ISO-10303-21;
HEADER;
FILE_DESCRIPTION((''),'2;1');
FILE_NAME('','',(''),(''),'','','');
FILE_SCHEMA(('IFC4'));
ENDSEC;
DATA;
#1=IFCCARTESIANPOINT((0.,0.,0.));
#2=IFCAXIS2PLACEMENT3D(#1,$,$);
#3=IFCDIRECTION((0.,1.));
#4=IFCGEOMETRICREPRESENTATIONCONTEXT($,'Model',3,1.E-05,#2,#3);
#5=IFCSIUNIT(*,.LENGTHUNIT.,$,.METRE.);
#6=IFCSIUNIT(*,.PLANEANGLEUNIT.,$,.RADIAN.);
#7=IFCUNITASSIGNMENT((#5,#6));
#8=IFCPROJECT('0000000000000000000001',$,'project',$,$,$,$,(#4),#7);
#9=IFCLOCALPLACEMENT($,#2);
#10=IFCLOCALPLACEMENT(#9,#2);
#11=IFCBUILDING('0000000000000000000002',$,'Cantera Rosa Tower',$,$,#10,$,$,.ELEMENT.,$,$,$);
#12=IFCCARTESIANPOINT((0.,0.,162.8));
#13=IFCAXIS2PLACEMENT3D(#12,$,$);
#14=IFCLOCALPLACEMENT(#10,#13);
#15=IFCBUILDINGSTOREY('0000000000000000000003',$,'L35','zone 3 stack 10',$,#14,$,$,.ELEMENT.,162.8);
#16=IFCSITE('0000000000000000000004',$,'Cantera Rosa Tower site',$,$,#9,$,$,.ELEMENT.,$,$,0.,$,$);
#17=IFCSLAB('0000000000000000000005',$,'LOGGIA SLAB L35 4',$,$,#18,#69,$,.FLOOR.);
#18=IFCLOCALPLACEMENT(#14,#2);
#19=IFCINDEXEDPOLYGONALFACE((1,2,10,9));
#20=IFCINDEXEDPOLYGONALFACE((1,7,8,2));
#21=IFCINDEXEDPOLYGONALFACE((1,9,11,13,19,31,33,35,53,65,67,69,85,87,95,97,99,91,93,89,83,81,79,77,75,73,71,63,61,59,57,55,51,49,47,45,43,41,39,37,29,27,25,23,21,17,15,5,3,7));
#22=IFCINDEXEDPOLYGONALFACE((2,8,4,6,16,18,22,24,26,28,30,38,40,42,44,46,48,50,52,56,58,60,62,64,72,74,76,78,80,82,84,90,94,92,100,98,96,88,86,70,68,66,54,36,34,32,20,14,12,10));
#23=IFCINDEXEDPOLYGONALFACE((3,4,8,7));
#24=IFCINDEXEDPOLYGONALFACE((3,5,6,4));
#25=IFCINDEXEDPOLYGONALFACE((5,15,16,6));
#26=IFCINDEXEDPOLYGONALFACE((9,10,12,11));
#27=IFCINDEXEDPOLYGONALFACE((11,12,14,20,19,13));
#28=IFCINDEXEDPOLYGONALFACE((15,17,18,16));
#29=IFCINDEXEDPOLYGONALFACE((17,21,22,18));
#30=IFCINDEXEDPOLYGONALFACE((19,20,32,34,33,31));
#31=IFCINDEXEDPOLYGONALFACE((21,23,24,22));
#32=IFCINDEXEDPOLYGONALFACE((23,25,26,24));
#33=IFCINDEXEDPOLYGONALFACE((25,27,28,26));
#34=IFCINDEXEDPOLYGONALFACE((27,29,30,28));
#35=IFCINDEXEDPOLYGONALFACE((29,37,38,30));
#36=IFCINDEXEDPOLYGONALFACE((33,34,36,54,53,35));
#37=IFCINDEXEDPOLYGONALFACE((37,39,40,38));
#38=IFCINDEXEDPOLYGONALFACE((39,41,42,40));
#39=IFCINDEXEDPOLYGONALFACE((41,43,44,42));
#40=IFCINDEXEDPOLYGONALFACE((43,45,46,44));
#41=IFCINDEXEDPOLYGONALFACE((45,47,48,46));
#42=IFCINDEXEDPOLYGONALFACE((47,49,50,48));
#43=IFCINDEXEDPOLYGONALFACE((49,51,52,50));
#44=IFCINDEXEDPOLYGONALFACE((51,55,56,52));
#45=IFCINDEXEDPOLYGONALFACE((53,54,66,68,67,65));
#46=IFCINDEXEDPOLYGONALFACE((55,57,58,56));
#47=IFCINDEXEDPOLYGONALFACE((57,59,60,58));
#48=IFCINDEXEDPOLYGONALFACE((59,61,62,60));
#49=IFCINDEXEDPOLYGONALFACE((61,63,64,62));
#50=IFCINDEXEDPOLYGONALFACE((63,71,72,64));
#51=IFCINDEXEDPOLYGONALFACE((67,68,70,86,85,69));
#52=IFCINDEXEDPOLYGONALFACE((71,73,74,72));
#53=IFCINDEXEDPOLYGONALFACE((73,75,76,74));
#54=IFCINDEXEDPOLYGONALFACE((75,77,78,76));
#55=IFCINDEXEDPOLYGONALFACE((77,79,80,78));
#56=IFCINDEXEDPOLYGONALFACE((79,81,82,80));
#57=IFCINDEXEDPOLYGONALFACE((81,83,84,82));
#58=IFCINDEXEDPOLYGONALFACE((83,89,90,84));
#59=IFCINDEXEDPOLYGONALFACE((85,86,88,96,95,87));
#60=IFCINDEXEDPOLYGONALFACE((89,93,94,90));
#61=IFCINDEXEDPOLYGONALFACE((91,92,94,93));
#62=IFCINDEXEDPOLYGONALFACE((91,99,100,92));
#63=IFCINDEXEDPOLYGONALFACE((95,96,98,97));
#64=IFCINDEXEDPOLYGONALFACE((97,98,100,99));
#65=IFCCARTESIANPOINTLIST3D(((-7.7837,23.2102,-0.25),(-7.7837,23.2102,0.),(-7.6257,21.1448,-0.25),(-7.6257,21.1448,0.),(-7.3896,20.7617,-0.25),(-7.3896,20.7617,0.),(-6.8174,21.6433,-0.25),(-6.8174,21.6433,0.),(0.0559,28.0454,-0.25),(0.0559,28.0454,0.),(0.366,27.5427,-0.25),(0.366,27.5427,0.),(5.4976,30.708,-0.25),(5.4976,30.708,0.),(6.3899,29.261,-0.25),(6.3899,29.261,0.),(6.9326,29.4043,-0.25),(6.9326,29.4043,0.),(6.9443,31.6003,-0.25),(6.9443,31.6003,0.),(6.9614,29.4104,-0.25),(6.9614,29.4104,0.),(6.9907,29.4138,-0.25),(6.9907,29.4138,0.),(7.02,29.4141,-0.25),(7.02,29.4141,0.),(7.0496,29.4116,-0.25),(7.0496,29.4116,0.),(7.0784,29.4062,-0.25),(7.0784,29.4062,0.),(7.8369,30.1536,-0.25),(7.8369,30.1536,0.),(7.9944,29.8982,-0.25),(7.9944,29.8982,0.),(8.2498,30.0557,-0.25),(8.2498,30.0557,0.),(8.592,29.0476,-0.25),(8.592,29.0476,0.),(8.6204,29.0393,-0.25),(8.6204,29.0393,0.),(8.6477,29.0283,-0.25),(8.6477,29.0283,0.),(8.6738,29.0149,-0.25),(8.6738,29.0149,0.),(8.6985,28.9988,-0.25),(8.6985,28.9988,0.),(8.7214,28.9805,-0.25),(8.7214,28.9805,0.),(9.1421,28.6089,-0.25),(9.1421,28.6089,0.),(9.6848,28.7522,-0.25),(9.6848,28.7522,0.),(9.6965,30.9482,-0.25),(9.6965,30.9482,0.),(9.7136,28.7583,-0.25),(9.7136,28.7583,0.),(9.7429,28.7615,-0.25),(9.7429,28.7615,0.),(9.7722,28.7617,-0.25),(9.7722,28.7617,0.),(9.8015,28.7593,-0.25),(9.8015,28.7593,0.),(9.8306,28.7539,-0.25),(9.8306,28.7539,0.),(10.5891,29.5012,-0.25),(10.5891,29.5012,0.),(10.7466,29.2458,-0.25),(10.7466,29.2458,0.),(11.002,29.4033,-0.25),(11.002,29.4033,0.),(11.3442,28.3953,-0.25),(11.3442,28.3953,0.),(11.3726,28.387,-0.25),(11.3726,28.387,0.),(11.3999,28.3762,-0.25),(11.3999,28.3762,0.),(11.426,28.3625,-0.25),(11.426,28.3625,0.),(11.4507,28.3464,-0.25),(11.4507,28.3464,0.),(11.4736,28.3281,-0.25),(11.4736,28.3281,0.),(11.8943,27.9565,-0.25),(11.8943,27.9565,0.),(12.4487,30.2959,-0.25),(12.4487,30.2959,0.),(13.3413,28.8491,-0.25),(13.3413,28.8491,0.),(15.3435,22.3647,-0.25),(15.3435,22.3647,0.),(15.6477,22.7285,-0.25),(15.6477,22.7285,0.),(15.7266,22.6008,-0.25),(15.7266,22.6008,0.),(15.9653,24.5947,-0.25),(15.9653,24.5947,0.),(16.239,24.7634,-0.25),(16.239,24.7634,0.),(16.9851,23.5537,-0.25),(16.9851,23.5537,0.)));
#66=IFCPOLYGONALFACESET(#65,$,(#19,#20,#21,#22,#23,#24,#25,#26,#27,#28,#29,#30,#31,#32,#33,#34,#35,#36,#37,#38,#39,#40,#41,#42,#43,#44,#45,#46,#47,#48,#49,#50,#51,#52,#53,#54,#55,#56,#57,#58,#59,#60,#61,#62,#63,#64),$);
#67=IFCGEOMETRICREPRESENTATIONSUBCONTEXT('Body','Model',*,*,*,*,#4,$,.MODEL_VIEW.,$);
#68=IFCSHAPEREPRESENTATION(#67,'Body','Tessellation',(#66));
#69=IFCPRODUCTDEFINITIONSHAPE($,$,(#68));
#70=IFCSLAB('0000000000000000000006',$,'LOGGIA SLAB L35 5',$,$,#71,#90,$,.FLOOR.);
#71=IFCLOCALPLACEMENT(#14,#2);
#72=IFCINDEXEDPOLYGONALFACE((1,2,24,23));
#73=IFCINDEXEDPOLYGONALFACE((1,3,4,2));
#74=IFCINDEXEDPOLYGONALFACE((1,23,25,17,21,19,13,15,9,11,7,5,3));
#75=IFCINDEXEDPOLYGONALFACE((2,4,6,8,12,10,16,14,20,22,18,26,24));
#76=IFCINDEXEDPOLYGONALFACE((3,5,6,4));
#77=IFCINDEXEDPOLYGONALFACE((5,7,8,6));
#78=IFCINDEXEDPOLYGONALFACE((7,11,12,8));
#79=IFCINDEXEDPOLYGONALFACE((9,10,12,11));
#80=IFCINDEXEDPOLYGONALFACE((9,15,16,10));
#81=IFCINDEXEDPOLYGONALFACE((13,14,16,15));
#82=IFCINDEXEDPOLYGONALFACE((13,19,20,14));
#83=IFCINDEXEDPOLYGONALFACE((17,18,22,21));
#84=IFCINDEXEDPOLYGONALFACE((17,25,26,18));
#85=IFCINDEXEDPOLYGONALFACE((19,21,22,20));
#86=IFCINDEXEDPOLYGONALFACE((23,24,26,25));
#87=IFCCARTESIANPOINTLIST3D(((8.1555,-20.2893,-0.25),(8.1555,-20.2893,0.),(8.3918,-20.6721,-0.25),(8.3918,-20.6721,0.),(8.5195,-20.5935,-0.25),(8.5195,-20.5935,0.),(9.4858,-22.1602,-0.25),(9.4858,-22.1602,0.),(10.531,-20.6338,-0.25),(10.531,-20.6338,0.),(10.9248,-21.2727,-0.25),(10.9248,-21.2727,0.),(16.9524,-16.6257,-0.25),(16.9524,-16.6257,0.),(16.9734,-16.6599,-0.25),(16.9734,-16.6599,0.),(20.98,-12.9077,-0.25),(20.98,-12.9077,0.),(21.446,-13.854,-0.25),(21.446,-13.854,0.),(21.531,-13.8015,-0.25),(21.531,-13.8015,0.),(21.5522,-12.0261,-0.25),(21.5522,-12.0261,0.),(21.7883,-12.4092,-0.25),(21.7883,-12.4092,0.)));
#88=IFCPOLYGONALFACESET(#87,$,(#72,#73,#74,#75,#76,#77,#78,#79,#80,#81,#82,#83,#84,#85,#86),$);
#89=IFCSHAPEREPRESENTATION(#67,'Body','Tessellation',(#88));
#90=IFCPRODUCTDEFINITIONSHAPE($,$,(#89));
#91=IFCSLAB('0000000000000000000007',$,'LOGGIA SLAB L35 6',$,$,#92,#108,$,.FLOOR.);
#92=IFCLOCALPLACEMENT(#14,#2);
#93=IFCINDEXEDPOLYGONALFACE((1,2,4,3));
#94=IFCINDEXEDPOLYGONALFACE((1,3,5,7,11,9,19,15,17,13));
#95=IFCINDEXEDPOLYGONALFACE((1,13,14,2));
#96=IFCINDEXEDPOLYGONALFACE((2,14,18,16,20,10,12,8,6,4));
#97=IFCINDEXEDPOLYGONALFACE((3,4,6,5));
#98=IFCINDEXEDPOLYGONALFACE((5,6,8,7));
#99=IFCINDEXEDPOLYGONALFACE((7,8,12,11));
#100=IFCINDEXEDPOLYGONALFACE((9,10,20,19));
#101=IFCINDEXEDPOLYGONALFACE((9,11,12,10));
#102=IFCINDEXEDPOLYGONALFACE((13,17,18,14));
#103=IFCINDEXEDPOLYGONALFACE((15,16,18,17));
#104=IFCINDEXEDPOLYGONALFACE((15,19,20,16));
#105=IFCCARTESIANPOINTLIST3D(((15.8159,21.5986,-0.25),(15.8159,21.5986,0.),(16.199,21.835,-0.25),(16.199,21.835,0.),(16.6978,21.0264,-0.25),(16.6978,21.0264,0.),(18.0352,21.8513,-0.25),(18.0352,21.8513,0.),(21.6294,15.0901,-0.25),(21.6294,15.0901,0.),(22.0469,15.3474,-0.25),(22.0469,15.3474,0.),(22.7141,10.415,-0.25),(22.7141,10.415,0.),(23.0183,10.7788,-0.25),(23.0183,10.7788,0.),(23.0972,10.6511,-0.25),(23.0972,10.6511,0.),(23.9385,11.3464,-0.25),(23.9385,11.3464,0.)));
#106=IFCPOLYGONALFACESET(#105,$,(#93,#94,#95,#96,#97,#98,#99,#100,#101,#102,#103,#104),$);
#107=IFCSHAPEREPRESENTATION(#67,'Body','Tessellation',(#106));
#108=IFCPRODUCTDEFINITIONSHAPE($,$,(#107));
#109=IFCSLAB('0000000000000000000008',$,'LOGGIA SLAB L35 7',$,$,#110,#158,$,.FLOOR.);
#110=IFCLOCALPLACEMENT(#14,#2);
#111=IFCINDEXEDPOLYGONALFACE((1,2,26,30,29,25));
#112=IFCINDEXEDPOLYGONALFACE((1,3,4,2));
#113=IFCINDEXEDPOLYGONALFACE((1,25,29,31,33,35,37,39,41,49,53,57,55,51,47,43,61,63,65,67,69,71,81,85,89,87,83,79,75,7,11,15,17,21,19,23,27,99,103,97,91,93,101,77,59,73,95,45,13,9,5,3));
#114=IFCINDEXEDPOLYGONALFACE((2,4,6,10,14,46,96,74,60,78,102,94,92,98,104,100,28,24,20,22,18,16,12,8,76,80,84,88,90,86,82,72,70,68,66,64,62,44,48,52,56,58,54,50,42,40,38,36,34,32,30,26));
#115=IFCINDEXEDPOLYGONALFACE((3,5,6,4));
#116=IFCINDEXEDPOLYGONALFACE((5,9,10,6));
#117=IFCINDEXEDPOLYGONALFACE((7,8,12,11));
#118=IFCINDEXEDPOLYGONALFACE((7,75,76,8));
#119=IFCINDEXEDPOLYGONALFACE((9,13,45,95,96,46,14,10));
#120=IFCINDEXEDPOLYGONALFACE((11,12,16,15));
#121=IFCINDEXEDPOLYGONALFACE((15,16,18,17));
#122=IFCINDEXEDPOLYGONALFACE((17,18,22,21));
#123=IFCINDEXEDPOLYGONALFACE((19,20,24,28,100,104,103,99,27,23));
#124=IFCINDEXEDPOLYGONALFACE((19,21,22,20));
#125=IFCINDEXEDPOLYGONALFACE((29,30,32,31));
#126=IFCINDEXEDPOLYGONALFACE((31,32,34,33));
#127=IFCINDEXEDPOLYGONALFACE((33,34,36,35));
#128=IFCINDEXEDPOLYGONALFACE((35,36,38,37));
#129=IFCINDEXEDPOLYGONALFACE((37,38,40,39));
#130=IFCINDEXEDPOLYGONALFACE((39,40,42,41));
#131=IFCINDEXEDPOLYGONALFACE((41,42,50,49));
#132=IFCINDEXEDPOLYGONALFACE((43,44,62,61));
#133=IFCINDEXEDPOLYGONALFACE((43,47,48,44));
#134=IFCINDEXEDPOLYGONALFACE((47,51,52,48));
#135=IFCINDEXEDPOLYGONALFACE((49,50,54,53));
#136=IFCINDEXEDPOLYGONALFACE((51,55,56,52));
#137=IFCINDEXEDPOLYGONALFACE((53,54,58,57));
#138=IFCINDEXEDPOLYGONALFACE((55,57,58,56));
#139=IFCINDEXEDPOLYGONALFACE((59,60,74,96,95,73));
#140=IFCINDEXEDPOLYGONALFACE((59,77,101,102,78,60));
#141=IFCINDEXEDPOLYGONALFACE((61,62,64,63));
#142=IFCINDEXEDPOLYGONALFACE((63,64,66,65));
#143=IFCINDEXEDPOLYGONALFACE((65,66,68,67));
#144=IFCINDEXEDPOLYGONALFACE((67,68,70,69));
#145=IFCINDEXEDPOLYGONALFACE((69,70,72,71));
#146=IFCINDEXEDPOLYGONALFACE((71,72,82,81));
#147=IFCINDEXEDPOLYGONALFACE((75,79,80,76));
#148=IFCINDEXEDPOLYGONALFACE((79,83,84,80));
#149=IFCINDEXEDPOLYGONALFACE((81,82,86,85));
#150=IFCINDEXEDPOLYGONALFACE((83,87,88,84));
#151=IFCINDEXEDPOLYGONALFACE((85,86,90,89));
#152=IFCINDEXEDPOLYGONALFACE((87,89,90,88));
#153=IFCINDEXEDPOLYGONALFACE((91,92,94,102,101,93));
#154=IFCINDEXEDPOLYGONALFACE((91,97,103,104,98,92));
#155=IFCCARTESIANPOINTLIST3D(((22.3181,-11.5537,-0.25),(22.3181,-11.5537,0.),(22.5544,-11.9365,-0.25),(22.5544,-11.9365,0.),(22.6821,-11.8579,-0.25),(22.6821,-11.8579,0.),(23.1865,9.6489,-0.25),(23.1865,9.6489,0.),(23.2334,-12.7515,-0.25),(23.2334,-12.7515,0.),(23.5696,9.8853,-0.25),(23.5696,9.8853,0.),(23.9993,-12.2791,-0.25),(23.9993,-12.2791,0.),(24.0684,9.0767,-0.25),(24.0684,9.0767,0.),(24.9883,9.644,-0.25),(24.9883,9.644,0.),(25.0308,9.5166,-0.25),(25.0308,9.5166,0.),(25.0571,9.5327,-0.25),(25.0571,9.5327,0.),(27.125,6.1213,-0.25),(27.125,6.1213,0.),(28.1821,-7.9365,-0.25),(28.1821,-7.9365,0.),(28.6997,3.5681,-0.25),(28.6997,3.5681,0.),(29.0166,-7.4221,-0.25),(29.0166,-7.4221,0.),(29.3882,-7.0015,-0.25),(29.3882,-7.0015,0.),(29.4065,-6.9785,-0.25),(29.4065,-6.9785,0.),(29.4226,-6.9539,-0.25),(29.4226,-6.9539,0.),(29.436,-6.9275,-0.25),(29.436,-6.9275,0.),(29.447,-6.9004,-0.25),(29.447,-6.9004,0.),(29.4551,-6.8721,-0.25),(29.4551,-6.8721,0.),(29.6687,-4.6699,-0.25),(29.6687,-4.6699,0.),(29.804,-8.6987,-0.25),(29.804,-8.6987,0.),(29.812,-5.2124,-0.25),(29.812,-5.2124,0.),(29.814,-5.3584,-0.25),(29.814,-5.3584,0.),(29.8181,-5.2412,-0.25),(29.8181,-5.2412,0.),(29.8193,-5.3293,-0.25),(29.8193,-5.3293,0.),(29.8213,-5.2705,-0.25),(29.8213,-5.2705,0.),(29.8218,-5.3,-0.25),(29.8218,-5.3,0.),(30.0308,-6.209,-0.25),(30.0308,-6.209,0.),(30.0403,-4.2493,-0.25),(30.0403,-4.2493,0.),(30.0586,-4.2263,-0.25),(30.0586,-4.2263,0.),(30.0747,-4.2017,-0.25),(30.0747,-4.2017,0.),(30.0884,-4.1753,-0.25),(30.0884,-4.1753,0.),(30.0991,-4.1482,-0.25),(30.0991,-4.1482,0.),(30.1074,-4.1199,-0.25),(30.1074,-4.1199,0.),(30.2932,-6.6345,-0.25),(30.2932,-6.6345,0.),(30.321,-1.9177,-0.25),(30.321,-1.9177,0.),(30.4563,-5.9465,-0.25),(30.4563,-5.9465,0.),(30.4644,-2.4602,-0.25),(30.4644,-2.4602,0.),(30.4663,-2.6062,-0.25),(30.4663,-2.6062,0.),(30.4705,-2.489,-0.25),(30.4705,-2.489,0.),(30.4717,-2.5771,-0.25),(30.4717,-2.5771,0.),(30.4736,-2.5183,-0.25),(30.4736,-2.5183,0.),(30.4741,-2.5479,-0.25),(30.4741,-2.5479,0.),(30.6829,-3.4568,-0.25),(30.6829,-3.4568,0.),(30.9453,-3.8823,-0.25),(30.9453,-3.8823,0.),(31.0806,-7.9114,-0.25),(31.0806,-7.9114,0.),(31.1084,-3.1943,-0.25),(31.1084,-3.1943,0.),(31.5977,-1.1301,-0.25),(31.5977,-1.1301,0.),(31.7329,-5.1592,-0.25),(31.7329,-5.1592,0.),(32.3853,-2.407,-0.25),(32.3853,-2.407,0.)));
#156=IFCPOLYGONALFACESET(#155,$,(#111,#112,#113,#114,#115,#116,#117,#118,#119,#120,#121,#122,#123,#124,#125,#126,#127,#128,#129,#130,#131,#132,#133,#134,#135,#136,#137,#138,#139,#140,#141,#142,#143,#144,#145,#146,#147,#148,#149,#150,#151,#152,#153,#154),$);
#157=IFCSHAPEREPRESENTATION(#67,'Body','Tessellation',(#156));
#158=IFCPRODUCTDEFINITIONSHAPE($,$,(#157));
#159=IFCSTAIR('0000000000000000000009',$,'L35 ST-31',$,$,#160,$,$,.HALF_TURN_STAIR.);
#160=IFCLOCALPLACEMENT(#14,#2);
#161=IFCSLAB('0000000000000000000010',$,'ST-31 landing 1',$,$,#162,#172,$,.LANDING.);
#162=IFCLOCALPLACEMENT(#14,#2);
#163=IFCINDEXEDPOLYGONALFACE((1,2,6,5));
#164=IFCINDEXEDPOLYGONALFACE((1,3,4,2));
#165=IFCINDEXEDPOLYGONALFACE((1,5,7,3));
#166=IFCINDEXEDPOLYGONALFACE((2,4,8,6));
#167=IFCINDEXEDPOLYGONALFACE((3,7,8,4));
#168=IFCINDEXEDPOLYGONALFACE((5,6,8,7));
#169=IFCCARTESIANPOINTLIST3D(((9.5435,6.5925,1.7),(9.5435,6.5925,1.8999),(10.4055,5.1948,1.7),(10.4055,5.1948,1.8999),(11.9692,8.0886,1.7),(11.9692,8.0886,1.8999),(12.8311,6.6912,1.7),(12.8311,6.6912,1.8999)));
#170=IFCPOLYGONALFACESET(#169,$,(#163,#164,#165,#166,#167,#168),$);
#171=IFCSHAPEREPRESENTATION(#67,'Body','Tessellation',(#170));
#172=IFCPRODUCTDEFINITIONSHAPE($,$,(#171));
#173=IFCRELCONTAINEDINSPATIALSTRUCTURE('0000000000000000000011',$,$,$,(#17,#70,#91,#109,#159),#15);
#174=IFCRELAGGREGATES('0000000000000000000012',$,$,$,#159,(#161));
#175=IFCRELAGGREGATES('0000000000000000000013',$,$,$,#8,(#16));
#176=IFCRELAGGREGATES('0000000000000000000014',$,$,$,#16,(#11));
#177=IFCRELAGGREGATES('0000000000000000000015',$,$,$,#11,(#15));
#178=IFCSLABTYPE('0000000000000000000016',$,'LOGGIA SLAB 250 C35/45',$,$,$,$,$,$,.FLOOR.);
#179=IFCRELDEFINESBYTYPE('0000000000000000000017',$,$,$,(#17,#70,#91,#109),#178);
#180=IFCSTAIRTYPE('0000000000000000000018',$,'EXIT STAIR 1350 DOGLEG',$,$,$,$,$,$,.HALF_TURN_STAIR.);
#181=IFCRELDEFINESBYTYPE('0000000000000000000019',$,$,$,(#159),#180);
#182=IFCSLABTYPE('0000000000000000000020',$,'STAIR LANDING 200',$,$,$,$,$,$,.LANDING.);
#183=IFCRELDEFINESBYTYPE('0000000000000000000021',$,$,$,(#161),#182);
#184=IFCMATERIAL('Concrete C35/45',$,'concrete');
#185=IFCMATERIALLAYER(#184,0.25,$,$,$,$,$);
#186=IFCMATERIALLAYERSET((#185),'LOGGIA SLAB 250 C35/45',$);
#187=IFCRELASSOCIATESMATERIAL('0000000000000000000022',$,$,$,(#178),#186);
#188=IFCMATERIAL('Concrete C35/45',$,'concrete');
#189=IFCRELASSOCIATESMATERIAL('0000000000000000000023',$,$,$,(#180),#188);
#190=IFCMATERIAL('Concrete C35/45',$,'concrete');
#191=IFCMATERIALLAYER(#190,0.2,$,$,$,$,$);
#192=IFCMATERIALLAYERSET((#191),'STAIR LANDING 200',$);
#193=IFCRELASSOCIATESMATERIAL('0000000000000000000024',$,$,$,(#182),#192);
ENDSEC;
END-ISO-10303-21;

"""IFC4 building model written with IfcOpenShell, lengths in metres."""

from ifc_helpers import new_model, si_unit, direction, frame, origin, place, context, subcontext, project, spatial, polyline, outline, extrude, material, layer, layer_set, type_object, element, aggregate, save


model = new_model("IFC4")

# Units and contexts
model_context = context("Model", 3, precision=1e-05, world=origin(), true_north=direction((0.0, 1.0)))
body_context = subcontext(model_context, "Body", "Model", "MODEL_VIEW")
ifc_project = project(units=[si_unit("LENGTHUNIT", "METRE"), si_unit("PLANEANGLEUNIT", "RADIAN")], contexts=[model_context])

# Site, building, storey
site_placement = place(None, origin())
site = spatial("IfcSite", under=ifc_project, at=site_placement, Name="Cantera Rosa Tower site", CompositionType="ELEMENT", RefElevation=0.0)
building_placement = place(site_placement, origin())
building = spatial("IfcBuilding", under=site, at=building_placement, Name="Cantera Rosa Tower", CompositionType="ELEMENT")
storey_placement = place(building_placement, frame((0.0, 0.0, 162.8)))
storey = spatial("IfcBuildingStorey", under=building, at=storey_placement, Name="L35", Description="zone 3 stack 10", CompositionType="ELEMENT", Elevation=162.8)

# Slabs
ifc_material_1 = material(Name="Concrete C35/45", Category="concrete")
ifc_layer_1 = layer(ifc_material_1, 0.25)
ifc_layer_set_1 = layer_set([ifc_layer_1], Name="LOGGIA SLAB 250 C35/45")
slab_type_1 = type_object("IfcSlabType", Name="LOGGIA SLAB 250 C35/45", PredefinedType="FLOOR", material=ifc_layer_set_1)
slab_1_placement = place(storey_placement, frame((0.0, 0.0, -0.25)))
element("IfcSlab", 1, at=slab_1_placement, inside=storey, type_object=slab_type_1, Name="LOGGIA SLAB L35 4", PredefinedType="FLOOR", context=body_context, shape_type="SweptSolid", body=[
    extrude(outline(polyline([(5.4976, 30.708), (6.9443, 31.6003), (7.8369, 30.1536), (7.9944, 29.8982), (8.2498, 30.0557), (9.6965, 30.9482), (10.5891, 29.5012), (10.7466, 29.2458), (11.002, 29.4033), (12.4487, 30.2959), (13.3413, 28.8491), (15.9653, 24.5947), (16.239, 24.7634), (16.9851, 23.5537), (15.6477, 22.7285), (15.7266, 22.6008), (15.3435, 22.3647), (11.8943, 27.9565), (11.4736, 28.3281), (11.4507, 28.3464), (11.426, 28.3625), (11.3999, 28.3762), (11.3726, 28.387), (11.3442, 28.3953), (9.8306, 28.7539), (9.8015, 28.7593), (9.7722, 28.7617), (9.7429, 28.7615), (9.7136, 28.7583), (9.6848, 28.7522), (9.1421, 28.6089), (8.7214, 28.9805), (8.6985, 28.9988), (8.6738, 29.0149), (8.6477, 29.0283), (8.6204, 29.0393), (8.592, 29.0476), (7.0784, 29.4062), (7.0496, 29.4116), (7.02, 29.4141), (6.9907, 29.4138), (6.9614, 29.4104), (6.9326, 29.4043), (6.3899, 29.261), (-7.3896, 20.7617), (-7.6257, 21.1448), (-6.8174, 21.6433), (-7.7837, 23.2102), (0.0559, 28.0454), (0.366, 27.5427), (5.4976, 30.708)])), origin(), (0.0, 0.0, 1.0), 0.25),
])
slab_2_placement = place(storey_placement, frame((0.0, 0.0, -0.25)))
element("IfcSlab", 2, at=slab_2_placement, inside=storey, type_object=slab_type_1, Name="LOGGIA SLAB L35 5", PredefinedType="FLOOR", context=body_context, shape_type="SweptSolid", body=[
    extrude(outline(polyline([(8.5195, -20.5935), (8.3918, -20.6721), (8.1555, -20.2893), (21.5522, -12.0261), (21.7883, -12.4092), (20.98, -12.9077), (21.531, -13.8015), (21.446, -13.854), (16.9524, -16.6257), (16.9734, -16.6599), (10.531, -20.6338), (10.9248, -21.2727), (9.4858, -22.1602), (8.5195, -20.5935)])), origin(), (0.0, 0.0, 1.0), 0.25),
])
slab_3_placement = place(storey_placement, frame((0.0, 0.0, -0.25)))
element("IfcSlab", 3, at=slab_3_placement, inside=storey, type_object=slab_type_1, Name="LOGGIA SLAB L35 6", PredefinedType="FLOOR", context=body_context, shape_type="SweptSolid", body=[
    extrude(outline(polyline([(23.9385, 11.3464), (23.0183, 10.7788), (23.0972, 10.6511), (22.7141, 10.415), (15.8159, 21.5986), (16.199, 21.835), (16.6978, 21.0264), (18.0352, 21.8513), (22.0469, 15.3474), (21.6294, 15.0901), (23.9385, 11.3464)])), origin(), (0.0, 0.0, 1.0), 0.25),
])
slab_4_placement = place(storey_placement, frame((0.0, 0.0, -0.25)))
element("IfcSlab", 4, at=slab_4_placement, inside=storey, type_object=slab_type_1, Name="LOGGIA SLAB L35 7", PredefinedType="FLOOR", context=body_context, shape_type="SweptSolid", body=[
    extrude(outline(polyline([(27.125, 6.1213), (28.6997, 3.5681), (31.5977, -1.1301), (32.3853, -2.407), (31.1084, -3.1943), (30.6829, -3.4568), (30.9453, -3.8823), (31.7329, -5.1592), (30.4563, -5.9465), (30.0308, -6.209), (30.2932, -6.6345), (31.0806, -7.9114), (29.804, -8.6987), (23.9993, -12.2791), (23.2334, -12.7515), (22.6821, -11.8579), (22.5544, -11.9365), (22.3181, -11.5537), (28.1821, -7.9365), (29.0166, -7.4221), (29.3882, -7.0015), (29.4065, -6.9785), (29.4226, -6.9539), (29.436, -6.9275), (29.447, -6.9004), (29.4551, -6.8721), (29.814, -5.3584), (29.8193, -5.3293), (29.8218, -5.3), (29.8213, -5.2705), (29.8181, -5.2412), (29.812, -5.2124), (29.6687, -4.6699), (30.0403, -4.2493), (30.0586, -4.2263), (30.0747, -4.2017), (30.0884, -4.1753), (30.0991, -4.1482), (30.1074, -4.1199), (30.4663, -2.6062), (30.4717, -2.5771), (30.4741, -2.5479), (30.4736, -2.5183), (30.4705, -2.489), (30.4644, -2.4602), (30.321, -1.9177), (23.1865, 9.6489), (23.5696, 9.8853), (24.0684, 9.0767), (24.9883, 9.644), (25.0571, 9.5327), (25.0308, 9.5166), (27.125, 6.1213)])), origin(), (0.0, 0.0, 1.0), 0.25),
])

# Stair, slab
ifc_material_2 = material(Name="Concrete C35/45", Category="concrete")
stair_type = type_object("IfcStairType", Name="EXIT STAIR 1350 DOGLEG", PredefinedType="HALF_TURN_STAIR", material=ifc_material_2)
stair_1_placement = place(storey_placement, origin())
stair_1 = element("IfcStair", 5, at=stair_1_placement, inside=storey, type_object=stair_type, Name="L35 ST-31", PredefinedType="HALF_TURN_STAIR")
ifc_material_3 = material(Name="Concrete C35/45", Category="concrete")
ifc_layer_2 = layer(ifc_material_3, 0.2)
ifc_layer_set_2 = layer_set([ifc_layer_2], Name="STAIR LANDING 200")
slab_type_2 = type_object("IfcSlabType", Name="STAIR LANDING 200", PredefinedType="LANDING", material=ifc_layer_set_2)
slab_5_placement = place(storey_placement, frame((0.0, 0.0, 1.7)))
slab_5 = element("IfcSlab", 6, at=slab_5_placement, type_object=slab_type_2, Name="ST-31 landing 1", PredefinedType="LANDING", context=body_context, shape_type="SweptSolid", body=[
    extrude(outline(polyline([(12.8311, 6.6912), (11.9692, 8.0886), (9.5435, 6.5925), (10.4055, 5.1948), (12.8311, 6.6912)])), origin(), (0.0, 0.0, 1.0), 0.2),
])
aggregate(stair_1, [slab_5])

save(model, "model.ifc")
